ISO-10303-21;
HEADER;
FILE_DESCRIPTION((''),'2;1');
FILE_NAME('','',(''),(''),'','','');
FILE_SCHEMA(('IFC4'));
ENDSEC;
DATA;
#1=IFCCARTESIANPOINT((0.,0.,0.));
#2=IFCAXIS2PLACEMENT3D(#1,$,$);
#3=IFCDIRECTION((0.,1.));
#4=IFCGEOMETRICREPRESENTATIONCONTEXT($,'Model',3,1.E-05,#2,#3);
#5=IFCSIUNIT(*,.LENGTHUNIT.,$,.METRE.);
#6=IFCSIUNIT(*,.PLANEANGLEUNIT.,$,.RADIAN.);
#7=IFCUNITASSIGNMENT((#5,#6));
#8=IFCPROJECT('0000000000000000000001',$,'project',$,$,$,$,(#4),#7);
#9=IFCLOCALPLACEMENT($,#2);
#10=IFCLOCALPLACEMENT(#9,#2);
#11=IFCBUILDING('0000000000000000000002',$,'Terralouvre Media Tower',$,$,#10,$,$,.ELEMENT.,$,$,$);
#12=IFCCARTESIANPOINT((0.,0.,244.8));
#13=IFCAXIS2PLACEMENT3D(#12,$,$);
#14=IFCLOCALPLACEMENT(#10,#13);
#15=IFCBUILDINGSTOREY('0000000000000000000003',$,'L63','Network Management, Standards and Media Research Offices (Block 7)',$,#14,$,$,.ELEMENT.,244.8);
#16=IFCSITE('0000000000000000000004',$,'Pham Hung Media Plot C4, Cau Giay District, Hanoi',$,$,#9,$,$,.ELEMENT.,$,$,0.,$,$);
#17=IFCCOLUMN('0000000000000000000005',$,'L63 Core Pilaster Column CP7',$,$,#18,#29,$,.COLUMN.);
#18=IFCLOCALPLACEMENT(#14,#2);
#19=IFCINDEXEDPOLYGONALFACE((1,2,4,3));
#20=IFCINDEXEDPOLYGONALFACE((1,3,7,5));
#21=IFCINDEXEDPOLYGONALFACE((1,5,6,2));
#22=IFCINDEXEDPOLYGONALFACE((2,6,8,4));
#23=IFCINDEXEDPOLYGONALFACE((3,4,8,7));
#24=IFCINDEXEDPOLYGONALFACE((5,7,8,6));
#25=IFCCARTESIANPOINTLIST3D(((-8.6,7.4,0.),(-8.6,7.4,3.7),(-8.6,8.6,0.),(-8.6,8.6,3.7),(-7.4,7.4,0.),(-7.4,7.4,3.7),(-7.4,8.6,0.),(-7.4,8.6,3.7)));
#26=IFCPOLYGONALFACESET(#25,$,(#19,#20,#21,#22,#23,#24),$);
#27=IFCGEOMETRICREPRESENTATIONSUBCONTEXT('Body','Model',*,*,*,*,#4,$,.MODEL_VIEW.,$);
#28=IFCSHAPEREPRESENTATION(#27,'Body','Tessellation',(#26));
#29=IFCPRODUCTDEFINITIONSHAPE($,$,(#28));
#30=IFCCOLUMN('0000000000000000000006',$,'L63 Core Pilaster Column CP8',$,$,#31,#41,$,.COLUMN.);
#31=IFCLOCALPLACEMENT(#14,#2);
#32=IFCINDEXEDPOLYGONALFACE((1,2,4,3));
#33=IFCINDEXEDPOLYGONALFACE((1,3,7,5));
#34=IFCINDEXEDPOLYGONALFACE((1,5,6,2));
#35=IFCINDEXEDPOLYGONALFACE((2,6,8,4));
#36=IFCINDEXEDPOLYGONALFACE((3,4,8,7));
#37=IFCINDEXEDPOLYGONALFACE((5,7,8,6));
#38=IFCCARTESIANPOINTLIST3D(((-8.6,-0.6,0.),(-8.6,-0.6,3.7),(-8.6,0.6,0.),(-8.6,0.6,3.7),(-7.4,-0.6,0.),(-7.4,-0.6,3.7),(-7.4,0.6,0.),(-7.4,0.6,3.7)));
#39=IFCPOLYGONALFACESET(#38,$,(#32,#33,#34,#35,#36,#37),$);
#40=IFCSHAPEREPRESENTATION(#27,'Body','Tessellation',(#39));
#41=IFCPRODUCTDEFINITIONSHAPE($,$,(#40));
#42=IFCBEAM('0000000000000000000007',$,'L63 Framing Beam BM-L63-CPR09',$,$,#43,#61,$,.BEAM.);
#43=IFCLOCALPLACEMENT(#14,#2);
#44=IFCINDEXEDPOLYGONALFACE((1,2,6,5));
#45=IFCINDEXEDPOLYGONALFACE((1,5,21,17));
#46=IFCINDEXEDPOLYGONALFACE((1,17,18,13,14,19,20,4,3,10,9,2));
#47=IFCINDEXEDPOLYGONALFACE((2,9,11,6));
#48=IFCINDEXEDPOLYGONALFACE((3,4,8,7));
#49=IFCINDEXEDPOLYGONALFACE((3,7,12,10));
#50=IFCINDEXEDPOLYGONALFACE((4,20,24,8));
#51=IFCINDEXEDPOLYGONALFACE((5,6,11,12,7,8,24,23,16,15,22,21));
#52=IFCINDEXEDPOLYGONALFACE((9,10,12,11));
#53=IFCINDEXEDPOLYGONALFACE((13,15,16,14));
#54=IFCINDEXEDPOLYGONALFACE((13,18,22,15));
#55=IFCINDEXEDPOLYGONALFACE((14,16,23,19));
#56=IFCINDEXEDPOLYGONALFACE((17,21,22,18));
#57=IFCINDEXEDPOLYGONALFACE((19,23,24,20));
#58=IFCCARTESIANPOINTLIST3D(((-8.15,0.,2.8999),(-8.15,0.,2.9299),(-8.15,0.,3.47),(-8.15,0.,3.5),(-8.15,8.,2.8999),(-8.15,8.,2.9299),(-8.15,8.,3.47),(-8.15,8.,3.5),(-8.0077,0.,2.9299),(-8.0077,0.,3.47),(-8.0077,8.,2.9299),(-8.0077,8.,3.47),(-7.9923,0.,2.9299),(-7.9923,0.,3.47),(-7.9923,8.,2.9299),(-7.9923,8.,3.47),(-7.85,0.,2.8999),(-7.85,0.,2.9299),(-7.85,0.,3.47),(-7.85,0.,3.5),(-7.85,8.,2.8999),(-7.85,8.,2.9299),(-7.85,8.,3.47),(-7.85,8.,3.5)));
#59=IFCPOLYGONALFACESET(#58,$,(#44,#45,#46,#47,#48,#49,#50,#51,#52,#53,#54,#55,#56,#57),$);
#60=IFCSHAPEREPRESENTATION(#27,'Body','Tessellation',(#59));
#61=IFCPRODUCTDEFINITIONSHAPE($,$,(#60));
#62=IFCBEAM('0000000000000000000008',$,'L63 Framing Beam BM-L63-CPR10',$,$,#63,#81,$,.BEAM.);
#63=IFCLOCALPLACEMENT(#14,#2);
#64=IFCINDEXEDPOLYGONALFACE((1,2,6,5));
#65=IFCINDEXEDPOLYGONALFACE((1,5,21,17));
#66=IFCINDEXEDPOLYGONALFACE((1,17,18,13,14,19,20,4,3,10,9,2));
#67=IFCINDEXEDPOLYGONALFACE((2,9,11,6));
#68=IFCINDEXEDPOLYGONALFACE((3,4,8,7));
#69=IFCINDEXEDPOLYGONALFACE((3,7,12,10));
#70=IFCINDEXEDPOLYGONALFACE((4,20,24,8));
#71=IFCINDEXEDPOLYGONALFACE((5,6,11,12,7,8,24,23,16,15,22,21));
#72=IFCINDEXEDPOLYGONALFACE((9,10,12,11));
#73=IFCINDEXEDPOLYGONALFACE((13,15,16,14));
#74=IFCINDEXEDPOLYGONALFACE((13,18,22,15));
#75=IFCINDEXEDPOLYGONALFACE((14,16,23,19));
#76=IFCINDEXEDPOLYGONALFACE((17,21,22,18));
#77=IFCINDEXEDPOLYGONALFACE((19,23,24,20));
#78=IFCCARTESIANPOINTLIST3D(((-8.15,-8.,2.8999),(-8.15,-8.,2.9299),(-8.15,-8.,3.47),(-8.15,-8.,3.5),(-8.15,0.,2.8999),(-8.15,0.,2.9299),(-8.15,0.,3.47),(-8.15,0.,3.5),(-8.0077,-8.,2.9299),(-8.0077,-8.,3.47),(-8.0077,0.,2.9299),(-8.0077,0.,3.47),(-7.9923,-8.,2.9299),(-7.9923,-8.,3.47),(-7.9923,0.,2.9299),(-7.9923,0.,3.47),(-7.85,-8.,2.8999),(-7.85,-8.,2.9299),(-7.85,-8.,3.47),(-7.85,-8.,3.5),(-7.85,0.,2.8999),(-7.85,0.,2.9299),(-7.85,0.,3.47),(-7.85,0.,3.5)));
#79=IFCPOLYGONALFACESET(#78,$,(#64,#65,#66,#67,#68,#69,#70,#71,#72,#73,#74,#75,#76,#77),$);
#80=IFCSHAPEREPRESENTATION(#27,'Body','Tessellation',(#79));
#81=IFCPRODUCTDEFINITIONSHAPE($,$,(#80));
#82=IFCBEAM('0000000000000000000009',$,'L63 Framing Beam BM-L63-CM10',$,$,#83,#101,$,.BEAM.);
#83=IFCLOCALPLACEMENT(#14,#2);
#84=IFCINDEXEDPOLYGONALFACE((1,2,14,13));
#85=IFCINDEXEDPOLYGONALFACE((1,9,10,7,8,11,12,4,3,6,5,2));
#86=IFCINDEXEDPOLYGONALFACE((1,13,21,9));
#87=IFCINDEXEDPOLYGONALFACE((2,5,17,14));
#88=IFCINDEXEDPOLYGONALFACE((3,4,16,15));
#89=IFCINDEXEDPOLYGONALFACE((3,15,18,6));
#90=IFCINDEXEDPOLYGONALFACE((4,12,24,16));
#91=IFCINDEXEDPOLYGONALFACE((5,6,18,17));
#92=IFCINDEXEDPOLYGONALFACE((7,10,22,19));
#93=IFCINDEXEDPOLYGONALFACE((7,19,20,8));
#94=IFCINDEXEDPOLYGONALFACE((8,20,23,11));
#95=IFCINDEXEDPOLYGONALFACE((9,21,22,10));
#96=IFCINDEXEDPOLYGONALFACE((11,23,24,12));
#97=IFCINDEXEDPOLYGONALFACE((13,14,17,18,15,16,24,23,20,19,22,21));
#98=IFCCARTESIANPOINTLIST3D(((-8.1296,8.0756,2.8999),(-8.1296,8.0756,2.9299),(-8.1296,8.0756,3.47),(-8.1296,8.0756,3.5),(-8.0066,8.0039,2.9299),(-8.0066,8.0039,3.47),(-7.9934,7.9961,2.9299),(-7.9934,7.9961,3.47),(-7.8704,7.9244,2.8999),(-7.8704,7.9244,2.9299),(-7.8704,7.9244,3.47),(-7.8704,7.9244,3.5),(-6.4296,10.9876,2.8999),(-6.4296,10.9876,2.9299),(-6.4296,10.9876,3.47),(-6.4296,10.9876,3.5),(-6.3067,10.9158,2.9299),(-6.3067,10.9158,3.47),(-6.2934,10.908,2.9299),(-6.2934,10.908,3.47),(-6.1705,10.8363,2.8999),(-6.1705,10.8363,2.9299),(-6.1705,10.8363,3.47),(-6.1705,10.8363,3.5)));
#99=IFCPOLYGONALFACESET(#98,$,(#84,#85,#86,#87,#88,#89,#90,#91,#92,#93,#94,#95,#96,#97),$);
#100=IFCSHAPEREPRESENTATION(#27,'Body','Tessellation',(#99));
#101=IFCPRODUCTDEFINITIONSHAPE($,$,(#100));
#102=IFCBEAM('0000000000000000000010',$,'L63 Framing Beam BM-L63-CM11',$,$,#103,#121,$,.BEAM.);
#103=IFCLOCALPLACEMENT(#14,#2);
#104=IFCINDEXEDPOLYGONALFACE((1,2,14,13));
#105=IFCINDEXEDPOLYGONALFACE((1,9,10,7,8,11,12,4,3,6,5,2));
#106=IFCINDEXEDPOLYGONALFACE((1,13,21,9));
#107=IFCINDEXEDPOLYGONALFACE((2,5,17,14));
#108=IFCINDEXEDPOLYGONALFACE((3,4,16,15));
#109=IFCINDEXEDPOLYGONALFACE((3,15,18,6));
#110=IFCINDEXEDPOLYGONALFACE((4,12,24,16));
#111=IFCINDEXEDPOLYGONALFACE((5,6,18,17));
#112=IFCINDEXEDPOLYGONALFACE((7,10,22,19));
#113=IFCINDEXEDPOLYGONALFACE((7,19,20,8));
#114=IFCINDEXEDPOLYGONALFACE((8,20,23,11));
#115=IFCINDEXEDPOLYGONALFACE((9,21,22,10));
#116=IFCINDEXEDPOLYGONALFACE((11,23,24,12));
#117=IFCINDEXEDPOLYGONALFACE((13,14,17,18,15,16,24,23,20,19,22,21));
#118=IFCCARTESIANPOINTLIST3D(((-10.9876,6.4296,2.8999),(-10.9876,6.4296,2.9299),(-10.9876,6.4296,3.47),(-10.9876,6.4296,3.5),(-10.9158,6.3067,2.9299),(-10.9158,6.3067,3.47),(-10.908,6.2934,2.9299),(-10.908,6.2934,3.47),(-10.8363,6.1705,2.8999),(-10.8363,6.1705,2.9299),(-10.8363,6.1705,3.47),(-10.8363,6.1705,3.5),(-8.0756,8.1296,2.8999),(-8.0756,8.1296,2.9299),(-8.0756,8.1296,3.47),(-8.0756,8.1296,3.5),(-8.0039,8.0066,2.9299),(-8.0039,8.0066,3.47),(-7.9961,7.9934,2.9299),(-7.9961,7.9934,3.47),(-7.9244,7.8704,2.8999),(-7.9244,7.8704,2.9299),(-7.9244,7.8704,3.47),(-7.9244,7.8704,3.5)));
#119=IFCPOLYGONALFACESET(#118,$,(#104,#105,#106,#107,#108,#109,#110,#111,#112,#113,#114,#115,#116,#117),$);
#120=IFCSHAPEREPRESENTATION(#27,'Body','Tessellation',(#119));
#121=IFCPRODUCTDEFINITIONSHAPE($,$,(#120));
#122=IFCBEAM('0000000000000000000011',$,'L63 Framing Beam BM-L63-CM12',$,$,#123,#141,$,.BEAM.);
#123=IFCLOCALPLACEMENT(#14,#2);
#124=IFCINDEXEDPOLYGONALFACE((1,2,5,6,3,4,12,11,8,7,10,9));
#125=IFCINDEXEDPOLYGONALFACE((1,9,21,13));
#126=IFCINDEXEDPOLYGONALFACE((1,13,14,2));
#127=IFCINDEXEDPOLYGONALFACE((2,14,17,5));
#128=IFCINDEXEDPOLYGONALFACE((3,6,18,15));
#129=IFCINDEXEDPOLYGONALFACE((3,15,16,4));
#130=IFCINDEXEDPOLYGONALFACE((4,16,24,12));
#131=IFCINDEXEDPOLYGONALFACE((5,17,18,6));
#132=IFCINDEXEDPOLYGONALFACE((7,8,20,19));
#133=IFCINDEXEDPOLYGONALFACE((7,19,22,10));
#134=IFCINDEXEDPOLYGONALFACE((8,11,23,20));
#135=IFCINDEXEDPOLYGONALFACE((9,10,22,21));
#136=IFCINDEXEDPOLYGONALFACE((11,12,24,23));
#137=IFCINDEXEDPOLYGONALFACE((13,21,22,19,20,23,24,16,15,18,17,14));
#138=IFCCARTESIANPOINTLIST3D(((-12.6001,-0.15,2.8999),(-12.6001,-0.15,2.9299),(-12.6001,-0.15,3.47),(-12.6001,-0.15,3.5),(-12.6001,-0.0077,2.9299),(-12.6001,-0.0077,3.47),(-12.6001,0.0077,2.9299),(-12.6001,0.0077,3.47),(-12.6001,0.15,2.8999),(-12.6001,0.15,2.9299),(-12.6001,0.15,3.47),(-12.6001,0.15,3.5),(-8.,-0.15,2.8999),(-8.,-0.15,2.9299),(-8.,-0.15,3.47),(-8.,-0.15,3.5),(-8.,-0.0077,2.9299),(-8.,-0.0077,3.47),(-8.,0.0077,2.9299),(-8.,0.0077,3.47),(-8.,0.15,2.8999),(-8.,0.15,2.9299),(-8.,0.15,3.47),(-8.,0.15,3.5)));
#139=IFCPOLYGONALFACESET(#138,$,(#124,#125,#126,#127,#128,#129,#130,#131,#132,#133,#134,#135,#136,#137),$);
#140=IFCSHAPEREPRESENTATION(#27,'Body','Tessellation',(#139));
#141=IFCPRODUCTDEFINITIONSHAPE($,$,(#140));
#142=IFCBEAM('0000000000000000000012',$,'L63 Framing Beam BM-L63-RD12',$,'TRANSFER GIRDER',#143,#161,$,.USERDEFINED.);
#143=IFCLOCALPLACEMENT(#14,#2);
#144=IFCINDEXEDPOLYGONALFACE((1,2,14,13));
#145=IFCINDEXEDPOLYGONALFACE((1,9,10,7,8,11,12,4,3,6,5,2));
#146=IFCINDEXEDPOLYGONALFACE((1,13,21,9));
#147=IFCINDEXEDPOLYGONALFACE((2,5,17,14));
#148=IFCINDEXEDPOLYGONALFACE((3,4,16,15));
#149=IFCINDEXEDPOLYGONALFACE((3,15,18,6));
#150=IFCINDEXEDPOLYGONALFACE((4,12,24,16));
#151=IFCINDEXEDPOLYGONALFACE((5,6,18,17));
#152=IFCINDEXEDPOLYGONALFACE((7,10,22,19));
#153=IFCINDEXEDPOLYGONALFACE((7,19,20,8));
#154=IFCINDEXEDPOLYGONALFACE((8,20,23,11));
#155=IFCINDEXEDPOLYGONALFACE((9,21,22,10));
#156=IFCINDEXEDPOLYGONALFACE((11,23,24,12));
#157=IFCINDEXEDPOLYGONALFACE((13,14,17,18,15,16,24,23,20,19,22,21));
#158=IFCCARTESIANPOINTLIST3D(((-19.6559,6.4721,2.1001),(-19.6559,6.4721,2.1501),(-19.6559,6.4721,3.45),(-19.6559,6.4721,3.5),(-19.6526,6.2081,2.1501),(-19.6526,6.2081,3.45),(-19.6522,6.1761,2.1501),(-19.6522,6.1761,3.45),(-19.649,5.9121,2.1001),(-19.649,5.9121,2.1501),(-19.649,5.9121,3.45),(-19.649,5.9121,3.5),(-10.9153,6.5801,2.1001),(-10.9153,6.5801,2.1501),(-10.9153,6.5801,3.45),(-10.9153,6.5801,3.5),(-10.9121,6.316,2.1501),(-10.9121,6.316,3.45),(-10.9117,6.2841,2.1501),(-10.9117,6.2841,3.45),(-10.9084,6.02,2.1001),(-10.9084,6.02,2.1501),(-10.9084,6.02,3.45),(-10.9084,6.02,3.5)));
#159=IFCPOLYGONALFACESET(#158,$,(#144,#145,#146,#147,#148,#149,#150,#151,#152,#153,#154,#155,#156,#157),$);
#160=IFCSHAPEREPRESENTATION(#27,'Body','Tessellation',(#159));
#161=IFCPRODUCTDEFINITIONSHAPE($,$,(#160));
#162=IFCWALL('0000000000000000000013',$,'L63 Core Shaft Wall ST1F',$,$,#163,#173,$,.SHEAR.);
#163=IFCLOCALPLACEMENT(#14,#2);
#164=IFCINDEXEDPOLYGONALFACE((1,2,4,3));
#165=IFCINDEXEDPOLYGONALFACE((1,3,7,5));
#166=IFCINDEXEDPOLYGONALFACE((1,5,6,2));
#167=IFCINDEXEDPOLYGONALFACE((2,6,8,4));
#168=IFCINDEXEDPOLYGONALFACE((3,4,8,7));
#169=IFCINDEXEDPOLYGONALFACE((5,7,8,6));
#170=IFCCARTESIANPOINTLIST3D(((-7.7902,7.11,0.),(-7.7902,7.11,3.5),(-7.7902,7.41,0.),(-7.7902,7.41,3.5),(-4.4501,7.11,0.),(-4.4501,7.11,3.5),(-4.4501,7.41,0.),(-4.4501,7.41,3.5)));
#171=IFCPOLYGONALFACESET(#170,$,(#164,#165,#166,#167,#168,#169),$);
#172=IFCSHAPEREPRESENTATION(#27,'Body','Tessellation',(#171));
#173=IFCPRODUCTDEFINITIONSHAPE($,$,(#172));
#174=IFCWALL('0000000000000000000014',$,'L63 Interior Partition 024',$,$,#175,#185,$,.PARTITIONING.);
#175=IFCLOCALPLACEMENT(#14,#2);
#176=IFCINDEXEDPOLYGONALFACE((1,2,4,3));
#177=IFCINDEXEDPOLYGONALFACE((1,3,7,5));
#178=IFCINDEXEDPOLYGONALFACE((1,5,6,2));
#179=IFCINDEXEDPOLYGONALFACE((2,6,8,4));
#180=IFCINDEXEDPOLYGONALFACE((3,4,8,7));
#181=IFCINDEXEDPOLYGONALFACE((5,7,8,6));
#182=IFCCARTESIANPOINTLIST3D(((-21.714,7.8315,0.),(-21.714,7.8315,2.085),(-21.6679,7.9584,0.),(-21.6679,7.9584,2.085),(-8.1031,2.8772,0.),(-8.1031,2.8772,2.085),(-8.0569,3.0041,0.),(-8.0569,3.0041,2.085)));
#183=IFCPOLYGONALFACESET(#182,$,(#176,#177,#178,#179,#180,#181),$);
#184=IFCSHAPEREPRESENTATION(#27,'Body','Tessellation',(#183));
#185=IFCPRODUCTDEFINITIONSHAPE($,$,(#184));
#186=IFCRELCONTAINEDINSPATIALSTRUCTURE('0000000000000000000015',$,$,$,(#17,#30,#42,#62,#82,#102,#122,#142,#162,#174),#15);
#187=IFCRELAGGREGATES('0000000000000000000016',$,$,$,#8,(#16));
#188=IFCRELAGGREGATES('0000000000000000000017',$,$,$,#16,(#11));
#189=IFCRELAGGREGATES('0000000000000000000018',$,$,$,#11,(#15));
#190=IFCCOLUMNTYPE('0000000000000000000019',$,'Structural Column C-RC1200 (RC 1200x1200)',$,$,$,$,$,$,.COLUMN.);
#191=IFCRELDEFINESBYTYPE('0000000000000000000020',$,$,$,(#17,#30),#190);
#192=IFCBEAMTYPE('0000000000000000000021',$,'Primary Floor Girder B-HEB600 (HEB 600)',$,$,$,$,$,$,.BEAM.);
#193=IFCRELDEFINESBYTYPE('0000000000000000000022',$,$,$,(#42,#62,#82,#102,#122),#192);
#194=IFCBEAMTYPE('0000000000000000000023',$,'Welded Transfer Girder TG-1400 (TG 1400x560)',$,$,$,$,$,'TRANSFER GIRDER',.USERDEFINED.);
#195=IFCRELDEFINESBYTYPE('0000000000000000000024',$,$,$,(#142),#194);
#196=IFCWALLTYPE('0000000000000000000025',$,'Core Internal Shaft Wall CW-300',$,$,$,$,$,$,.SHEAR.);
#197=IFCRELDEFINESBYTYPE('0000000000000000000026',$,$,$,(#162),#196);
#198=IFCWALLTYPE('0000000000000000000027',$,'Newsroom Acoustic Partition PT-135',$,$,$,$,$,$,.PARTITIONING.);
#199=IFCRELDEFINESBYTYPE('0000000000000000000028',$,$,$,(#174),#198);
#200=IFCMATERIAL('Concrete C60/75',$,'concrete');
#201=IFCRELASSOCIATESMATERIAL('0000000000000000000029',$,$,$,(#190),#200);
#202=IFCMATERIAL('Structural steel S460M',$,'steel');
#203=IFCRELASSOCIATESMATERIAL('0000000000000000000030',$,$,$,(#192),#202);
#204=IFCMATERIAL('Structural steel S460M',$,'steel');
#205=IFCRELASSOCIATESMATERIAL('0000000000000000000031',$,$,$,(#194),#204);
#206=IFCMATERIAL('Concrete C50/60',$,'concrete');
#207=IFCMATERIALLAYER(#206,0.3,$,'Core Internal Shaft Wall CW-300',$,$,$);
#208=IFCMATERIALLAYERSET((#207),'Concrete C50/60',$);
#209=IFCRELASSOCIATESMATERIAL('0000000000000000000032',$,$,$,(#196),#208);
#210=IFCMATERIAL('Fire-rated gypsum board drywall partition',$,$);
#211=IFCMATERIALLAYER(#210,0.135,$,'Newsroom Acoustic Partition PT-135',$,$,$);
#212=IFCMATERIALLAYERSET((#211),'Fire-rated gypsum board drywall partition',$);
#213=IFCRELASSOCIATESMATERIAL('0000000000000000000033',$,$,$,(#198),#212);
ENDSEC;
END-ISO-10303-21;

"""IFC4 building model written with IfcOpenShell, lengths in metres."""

from ifc_helpers import new_model, si_unit, direction, frame, frame_2d, origin, origin_2d, place, context, subcontext, project, spatial, rectangle, i_section, extrude, material, layer, layer_set, material_profile, profile_set, type_object, element, save


model = new_model("IFC4")

# Units and contexts
model_context = context("Model", 3, precision=1e-05, world=origin(), true_north=direction((0.0, 1.0)))
body_context = subcontext(model_context, "Body", "Model", "MODEL_VIEW")
ifc_project = project(units=[si_unit("LENGTHUNIT", "METRE"), si_unit("PLANEANGLEUNIT", "RADIAN")], contexts=[model_context])

# Site, building, storey
site_placement = place(None, origin())
site = spatial("IfcSite", under=ifc_project, at=site_placement, Name="Pham Hung Media Plot C4, Cau Giay District, Hanoi", CompositionType="ELEMENT", RefElevation=0.0)
building_placement = place(site_placement, origin())
building = spatial("IfcBuilding", under=site, at=building_placement, Name="Terralouvre Media Tower", CompositionType="ELEMENT")
storey_placement = place(building_placement, frame((0.0, 0.0, 244.8)))
storey = spatial("IfcBuildingStorey", under=building, at=storey_placement, Name="L63", Description="Network Management, Standards and Media Research Offices (Block 7)", CompositionType="ELEMENT", Elevation=244.8)

# Columns
ifc_material_1 = material(Name="Concrete C60/75", Category="concrete")
ifc_material_profile_1 = material_profile(ifc_material_1, rectangle(XDim=1.2, YDim=1.2, at=origin_2d()), Name="RC 1200x1200")
ifc_profile_set_1 = profile_set([ifc_material_profile_1], Name="Concrete C60/75")
column_type = type_object("IfcColumnType", Name="Structural Column C-RC1200 (RC 1200x1200)", PredefinedType="COLUMN", material=ifc_profile_set_1)
for number, where, z_axis, x_axis, name in (
    (1, (-8.0, 8.0, 0.0), (0.0, 0.0, 1.0), (1.0, 0.0, 0.0), "L63 Core Pilaster Column CP7"),
    (2, (-8.0, 0.0, 0.0), (0.0, 0.0, 1.0), (1.0, 0.0, 0.0), "L63 Core Pilaster Column CP8"),
):
    element("IfcColumn", number, at=place(storey_placement, frame(where, z_axis=z_axis, x_axis=x_axis)), inside=storey, type_object=column_type, Name=name, PredefinedType="COLUMN", context=body_context, shape_type="SweptSolid", body=[
        extrude(rectangle(XDim=1.2, YDim=1.2, at=origin_2d()), origin(), (0.0, 0.0, 1.0), 3.7),
    ])

# Beams
ifc_material_2 = material(Name="Structural steel S460M", Category="steel")
ifc_material_profile_2 = material_profile(ifc_material_2, i_section(OverallWidth=0.3, OverallDepth=0.6001, WebThickness=0.0154, FlangeThickness=0.03, at=origin_2d()), Name="HEB 600")
ifc_profile_set_2 = profile_set([ifc_material_profile_2], Name="Structural steel S460M")
beam_type_1 = type_object("IfcBeamType", Name="Primary Floor Girder B-HEB600 (HEB 600)", PredefinedType="BEAM", material=ifc_profile_set_2)
for number, where, z_axis, x_axis, name in (
    (3, (-8.0, 8.0, 3.2), (0.0, -1.0, 0.0), (1.0, 0.0, 0.0), "L63 Framing Beam BM-L63-CPR09"),
    (4, (-8.0, 0.0, 3.2), (0.0, -1.0, 0.0), (1.0, 0.0, 0.0), "L63 Framing Beam BM-L63-CPR10"),
):
    element("IfcBeam", number, at=place(storey_placement, frame(where, z_axis=z_axis, x_axis=x_axis)), inside=storey, type_object=beam_type_1, Name=name, PredefinedType="BEAM", context=body_context, shape_type="SweptSolid", body=[
        extrude(i_section(OverallWidth=0.3, OverallDepth=0.6001, WebThickness=0.0154, FlangeThickness=0.03, at=origin_2d()), origin(), (0.0, 0.0, 1.0), 8.0),
    ])
for number, where, z_axis, x_axis, name in (
    (5, (-8.0, 8.0, 3.2), (0.504173, 0.863603, 0.0), (-0.863603, 0.504173, 0.0), "L63 Framing Beam BM-L63-CM10"),
    (6, (-8.0, 8.0, 3.2), (-0.863603, -0.504173, 0.0), (0.504173, -0.863603, 0.0), "L63 Framing Beam BM-L63-CM11"),
):
    element("IfcBeam", number, at=place(storey_placement, frame(where, z_axis=z_axis, x_axis=x_axis)), inside=storey, type_object=beam_type_1, Name=name, PredefinedType="BEAM", context=body_context, shape_type="SweptSolid", body=[
        extrude(i_section(OverallWidth=0.3, OverallDepth=0.6001, WebThickness=0.0154, FlangeThickness=0.03, at=origin_2d()), origin(), (0.0, 0.0, 1.0), 3.3718),
    ])
beam_1_placement = place(storey_placement, frame((-8.0, 0.0, 3.2), z_axis=(-1.0, 0.0, 0.0), x_axis=(0.0, -1.0, 0.0)))
element("IfcBeam", 7, at=beam_1_placement, inside=storey, type_object=beam_type_1, Name="L63 Framing Beam BM-L63-CM12", PredefinedType="BEAM", context=body_context, shape_type="SweptSolid", body=[
    extrude(i_section(OverallWidth=0.3, OverallDepth=0.6001, WebThickness=0.0154, FlangeThickness=0.03, at=origin_2d()), origin(), (0.0, 0.0, 1.0), 4.6001),
])
ifc_material_3 = material(Name="Structural steel S460M", Category="steel")
ifc_material_profile_3 = material_profile(ifc_material_3, i_section(OverallWidth=0.5601, OverallDepth=1.3999, WebThickness=0.032, FlangeThickness=0.05, at=origin_2d()), Name="TG 1400x560")
ifc_profile_set_3 = profile_set([ifc_material_profile_3], Name="Structural steel S460M")
beam_type_2 = type_object("IfcBeamType", Name="Welded Transfer Girder TG-1400 (TG 1400x560)", ElementType="TRANSFER GIRDER", PredefinedType="USERDEFINED", material=ifc_profile_set_3)
beam_2_placement = place(storey_placement, frame((-10.9119, 6.3, 2.8), z_axis=(-0.999924, -0.012345, 0.0), x_axis=(0.012345, -0.999924, 0.0)))
element("IfcBeam", 8, at=beam_2_placement, inside=storey, type_object=beam_type_2, Name="L63 Framing Beam BM-L63-RD12", ObjectType="TRANSFER GIRDER", PredefinedType="USERDEFINED", context=body_context, shape_type="SweptSolid", body=[
    extrude(i_section(OverallWidth=0.5601, OverallDepth=1.3999, WebThickness=0.032, FlangeThickness=0.05, at=origin_2d()), origin(), (0.0, 0.0, 1.0), 8.7412),
])

# Shared definitions
ifc_material_4 = material(Name="Concrete C50/60", Category="concrete")
ifc_layer_1 = layer(ifc_material_4, 0.3, Name="Core Internal Shaft Wall CW-300")
ifc_layer_set_1 = layer_set([ifc_layer_1], Name="Concrete C50/60")
wall_type_1 = type_object("IfcWallType", Name="Core Internal Shaft Wall CW-300", PredefinedType="SHEAR", material=ifc_layer_set_1)

# Walls
wall_1_placement = place(storey_placement, frame((-7.79, 7.26, 0.0), z_axis=(0.0, 0.0, 1.0), x_axis=(1.0, 0.0, 0.0)))
element("IfcWall", 9, at=wall_1_placement, inside=storey, type_object=wall_type_1, Name="L63 Core Shaft Wall ST1F", PredefinedType="SHEAR", context=body_context, shape_type="SweptSolid", body=[
    extrude(rectangle(XDim=3.3401, YDim=0.3, at=frame_2d((1.6699, 0.0))), origin(), (0.0, 0.0, 1.0), 3.5),
])
ifc_material_5 = material(Name="Fire-rated gypsum board drywall partition")
ifc_layer_2 = layer(ifc_material_5, 0.135, Name="Newsroom Acoustic Partition PT-135")
ifc_layer_set_2 = layer_set([ifc_layer_2], Name="Fire-rated gypsum board drywall partition")
wall_type_2 = type_object("IfcWallType", Name="Newsroom Acoustic Partition PT-135", PredefinedType="PARTITIONING", material=ifc_layer_set_2)
wall_2_placement = place(storey_placement, frame((-8.0801, 2.9407, 0.0), z_axis=(0.0, 0.0, 1.0), x_axis=(-0.939686, 0.342039, 0.0)))
element("IfcWall", 10, at=wall_2_placement, inside=storey, type_object=wall_type_2, Name="L63 Interior Partition 024", PredefinedType="PARTITIONING", context=body_context, shape_type="SweptSolid", body=[
    extrude(rectangle(XDim=14.4846, YDim=0.135, at=frame_2d((7.2422, 0.0))), origin(), (0.0, 0.0, 1.0), 2.085),
])

save(model, "model.ifc")
